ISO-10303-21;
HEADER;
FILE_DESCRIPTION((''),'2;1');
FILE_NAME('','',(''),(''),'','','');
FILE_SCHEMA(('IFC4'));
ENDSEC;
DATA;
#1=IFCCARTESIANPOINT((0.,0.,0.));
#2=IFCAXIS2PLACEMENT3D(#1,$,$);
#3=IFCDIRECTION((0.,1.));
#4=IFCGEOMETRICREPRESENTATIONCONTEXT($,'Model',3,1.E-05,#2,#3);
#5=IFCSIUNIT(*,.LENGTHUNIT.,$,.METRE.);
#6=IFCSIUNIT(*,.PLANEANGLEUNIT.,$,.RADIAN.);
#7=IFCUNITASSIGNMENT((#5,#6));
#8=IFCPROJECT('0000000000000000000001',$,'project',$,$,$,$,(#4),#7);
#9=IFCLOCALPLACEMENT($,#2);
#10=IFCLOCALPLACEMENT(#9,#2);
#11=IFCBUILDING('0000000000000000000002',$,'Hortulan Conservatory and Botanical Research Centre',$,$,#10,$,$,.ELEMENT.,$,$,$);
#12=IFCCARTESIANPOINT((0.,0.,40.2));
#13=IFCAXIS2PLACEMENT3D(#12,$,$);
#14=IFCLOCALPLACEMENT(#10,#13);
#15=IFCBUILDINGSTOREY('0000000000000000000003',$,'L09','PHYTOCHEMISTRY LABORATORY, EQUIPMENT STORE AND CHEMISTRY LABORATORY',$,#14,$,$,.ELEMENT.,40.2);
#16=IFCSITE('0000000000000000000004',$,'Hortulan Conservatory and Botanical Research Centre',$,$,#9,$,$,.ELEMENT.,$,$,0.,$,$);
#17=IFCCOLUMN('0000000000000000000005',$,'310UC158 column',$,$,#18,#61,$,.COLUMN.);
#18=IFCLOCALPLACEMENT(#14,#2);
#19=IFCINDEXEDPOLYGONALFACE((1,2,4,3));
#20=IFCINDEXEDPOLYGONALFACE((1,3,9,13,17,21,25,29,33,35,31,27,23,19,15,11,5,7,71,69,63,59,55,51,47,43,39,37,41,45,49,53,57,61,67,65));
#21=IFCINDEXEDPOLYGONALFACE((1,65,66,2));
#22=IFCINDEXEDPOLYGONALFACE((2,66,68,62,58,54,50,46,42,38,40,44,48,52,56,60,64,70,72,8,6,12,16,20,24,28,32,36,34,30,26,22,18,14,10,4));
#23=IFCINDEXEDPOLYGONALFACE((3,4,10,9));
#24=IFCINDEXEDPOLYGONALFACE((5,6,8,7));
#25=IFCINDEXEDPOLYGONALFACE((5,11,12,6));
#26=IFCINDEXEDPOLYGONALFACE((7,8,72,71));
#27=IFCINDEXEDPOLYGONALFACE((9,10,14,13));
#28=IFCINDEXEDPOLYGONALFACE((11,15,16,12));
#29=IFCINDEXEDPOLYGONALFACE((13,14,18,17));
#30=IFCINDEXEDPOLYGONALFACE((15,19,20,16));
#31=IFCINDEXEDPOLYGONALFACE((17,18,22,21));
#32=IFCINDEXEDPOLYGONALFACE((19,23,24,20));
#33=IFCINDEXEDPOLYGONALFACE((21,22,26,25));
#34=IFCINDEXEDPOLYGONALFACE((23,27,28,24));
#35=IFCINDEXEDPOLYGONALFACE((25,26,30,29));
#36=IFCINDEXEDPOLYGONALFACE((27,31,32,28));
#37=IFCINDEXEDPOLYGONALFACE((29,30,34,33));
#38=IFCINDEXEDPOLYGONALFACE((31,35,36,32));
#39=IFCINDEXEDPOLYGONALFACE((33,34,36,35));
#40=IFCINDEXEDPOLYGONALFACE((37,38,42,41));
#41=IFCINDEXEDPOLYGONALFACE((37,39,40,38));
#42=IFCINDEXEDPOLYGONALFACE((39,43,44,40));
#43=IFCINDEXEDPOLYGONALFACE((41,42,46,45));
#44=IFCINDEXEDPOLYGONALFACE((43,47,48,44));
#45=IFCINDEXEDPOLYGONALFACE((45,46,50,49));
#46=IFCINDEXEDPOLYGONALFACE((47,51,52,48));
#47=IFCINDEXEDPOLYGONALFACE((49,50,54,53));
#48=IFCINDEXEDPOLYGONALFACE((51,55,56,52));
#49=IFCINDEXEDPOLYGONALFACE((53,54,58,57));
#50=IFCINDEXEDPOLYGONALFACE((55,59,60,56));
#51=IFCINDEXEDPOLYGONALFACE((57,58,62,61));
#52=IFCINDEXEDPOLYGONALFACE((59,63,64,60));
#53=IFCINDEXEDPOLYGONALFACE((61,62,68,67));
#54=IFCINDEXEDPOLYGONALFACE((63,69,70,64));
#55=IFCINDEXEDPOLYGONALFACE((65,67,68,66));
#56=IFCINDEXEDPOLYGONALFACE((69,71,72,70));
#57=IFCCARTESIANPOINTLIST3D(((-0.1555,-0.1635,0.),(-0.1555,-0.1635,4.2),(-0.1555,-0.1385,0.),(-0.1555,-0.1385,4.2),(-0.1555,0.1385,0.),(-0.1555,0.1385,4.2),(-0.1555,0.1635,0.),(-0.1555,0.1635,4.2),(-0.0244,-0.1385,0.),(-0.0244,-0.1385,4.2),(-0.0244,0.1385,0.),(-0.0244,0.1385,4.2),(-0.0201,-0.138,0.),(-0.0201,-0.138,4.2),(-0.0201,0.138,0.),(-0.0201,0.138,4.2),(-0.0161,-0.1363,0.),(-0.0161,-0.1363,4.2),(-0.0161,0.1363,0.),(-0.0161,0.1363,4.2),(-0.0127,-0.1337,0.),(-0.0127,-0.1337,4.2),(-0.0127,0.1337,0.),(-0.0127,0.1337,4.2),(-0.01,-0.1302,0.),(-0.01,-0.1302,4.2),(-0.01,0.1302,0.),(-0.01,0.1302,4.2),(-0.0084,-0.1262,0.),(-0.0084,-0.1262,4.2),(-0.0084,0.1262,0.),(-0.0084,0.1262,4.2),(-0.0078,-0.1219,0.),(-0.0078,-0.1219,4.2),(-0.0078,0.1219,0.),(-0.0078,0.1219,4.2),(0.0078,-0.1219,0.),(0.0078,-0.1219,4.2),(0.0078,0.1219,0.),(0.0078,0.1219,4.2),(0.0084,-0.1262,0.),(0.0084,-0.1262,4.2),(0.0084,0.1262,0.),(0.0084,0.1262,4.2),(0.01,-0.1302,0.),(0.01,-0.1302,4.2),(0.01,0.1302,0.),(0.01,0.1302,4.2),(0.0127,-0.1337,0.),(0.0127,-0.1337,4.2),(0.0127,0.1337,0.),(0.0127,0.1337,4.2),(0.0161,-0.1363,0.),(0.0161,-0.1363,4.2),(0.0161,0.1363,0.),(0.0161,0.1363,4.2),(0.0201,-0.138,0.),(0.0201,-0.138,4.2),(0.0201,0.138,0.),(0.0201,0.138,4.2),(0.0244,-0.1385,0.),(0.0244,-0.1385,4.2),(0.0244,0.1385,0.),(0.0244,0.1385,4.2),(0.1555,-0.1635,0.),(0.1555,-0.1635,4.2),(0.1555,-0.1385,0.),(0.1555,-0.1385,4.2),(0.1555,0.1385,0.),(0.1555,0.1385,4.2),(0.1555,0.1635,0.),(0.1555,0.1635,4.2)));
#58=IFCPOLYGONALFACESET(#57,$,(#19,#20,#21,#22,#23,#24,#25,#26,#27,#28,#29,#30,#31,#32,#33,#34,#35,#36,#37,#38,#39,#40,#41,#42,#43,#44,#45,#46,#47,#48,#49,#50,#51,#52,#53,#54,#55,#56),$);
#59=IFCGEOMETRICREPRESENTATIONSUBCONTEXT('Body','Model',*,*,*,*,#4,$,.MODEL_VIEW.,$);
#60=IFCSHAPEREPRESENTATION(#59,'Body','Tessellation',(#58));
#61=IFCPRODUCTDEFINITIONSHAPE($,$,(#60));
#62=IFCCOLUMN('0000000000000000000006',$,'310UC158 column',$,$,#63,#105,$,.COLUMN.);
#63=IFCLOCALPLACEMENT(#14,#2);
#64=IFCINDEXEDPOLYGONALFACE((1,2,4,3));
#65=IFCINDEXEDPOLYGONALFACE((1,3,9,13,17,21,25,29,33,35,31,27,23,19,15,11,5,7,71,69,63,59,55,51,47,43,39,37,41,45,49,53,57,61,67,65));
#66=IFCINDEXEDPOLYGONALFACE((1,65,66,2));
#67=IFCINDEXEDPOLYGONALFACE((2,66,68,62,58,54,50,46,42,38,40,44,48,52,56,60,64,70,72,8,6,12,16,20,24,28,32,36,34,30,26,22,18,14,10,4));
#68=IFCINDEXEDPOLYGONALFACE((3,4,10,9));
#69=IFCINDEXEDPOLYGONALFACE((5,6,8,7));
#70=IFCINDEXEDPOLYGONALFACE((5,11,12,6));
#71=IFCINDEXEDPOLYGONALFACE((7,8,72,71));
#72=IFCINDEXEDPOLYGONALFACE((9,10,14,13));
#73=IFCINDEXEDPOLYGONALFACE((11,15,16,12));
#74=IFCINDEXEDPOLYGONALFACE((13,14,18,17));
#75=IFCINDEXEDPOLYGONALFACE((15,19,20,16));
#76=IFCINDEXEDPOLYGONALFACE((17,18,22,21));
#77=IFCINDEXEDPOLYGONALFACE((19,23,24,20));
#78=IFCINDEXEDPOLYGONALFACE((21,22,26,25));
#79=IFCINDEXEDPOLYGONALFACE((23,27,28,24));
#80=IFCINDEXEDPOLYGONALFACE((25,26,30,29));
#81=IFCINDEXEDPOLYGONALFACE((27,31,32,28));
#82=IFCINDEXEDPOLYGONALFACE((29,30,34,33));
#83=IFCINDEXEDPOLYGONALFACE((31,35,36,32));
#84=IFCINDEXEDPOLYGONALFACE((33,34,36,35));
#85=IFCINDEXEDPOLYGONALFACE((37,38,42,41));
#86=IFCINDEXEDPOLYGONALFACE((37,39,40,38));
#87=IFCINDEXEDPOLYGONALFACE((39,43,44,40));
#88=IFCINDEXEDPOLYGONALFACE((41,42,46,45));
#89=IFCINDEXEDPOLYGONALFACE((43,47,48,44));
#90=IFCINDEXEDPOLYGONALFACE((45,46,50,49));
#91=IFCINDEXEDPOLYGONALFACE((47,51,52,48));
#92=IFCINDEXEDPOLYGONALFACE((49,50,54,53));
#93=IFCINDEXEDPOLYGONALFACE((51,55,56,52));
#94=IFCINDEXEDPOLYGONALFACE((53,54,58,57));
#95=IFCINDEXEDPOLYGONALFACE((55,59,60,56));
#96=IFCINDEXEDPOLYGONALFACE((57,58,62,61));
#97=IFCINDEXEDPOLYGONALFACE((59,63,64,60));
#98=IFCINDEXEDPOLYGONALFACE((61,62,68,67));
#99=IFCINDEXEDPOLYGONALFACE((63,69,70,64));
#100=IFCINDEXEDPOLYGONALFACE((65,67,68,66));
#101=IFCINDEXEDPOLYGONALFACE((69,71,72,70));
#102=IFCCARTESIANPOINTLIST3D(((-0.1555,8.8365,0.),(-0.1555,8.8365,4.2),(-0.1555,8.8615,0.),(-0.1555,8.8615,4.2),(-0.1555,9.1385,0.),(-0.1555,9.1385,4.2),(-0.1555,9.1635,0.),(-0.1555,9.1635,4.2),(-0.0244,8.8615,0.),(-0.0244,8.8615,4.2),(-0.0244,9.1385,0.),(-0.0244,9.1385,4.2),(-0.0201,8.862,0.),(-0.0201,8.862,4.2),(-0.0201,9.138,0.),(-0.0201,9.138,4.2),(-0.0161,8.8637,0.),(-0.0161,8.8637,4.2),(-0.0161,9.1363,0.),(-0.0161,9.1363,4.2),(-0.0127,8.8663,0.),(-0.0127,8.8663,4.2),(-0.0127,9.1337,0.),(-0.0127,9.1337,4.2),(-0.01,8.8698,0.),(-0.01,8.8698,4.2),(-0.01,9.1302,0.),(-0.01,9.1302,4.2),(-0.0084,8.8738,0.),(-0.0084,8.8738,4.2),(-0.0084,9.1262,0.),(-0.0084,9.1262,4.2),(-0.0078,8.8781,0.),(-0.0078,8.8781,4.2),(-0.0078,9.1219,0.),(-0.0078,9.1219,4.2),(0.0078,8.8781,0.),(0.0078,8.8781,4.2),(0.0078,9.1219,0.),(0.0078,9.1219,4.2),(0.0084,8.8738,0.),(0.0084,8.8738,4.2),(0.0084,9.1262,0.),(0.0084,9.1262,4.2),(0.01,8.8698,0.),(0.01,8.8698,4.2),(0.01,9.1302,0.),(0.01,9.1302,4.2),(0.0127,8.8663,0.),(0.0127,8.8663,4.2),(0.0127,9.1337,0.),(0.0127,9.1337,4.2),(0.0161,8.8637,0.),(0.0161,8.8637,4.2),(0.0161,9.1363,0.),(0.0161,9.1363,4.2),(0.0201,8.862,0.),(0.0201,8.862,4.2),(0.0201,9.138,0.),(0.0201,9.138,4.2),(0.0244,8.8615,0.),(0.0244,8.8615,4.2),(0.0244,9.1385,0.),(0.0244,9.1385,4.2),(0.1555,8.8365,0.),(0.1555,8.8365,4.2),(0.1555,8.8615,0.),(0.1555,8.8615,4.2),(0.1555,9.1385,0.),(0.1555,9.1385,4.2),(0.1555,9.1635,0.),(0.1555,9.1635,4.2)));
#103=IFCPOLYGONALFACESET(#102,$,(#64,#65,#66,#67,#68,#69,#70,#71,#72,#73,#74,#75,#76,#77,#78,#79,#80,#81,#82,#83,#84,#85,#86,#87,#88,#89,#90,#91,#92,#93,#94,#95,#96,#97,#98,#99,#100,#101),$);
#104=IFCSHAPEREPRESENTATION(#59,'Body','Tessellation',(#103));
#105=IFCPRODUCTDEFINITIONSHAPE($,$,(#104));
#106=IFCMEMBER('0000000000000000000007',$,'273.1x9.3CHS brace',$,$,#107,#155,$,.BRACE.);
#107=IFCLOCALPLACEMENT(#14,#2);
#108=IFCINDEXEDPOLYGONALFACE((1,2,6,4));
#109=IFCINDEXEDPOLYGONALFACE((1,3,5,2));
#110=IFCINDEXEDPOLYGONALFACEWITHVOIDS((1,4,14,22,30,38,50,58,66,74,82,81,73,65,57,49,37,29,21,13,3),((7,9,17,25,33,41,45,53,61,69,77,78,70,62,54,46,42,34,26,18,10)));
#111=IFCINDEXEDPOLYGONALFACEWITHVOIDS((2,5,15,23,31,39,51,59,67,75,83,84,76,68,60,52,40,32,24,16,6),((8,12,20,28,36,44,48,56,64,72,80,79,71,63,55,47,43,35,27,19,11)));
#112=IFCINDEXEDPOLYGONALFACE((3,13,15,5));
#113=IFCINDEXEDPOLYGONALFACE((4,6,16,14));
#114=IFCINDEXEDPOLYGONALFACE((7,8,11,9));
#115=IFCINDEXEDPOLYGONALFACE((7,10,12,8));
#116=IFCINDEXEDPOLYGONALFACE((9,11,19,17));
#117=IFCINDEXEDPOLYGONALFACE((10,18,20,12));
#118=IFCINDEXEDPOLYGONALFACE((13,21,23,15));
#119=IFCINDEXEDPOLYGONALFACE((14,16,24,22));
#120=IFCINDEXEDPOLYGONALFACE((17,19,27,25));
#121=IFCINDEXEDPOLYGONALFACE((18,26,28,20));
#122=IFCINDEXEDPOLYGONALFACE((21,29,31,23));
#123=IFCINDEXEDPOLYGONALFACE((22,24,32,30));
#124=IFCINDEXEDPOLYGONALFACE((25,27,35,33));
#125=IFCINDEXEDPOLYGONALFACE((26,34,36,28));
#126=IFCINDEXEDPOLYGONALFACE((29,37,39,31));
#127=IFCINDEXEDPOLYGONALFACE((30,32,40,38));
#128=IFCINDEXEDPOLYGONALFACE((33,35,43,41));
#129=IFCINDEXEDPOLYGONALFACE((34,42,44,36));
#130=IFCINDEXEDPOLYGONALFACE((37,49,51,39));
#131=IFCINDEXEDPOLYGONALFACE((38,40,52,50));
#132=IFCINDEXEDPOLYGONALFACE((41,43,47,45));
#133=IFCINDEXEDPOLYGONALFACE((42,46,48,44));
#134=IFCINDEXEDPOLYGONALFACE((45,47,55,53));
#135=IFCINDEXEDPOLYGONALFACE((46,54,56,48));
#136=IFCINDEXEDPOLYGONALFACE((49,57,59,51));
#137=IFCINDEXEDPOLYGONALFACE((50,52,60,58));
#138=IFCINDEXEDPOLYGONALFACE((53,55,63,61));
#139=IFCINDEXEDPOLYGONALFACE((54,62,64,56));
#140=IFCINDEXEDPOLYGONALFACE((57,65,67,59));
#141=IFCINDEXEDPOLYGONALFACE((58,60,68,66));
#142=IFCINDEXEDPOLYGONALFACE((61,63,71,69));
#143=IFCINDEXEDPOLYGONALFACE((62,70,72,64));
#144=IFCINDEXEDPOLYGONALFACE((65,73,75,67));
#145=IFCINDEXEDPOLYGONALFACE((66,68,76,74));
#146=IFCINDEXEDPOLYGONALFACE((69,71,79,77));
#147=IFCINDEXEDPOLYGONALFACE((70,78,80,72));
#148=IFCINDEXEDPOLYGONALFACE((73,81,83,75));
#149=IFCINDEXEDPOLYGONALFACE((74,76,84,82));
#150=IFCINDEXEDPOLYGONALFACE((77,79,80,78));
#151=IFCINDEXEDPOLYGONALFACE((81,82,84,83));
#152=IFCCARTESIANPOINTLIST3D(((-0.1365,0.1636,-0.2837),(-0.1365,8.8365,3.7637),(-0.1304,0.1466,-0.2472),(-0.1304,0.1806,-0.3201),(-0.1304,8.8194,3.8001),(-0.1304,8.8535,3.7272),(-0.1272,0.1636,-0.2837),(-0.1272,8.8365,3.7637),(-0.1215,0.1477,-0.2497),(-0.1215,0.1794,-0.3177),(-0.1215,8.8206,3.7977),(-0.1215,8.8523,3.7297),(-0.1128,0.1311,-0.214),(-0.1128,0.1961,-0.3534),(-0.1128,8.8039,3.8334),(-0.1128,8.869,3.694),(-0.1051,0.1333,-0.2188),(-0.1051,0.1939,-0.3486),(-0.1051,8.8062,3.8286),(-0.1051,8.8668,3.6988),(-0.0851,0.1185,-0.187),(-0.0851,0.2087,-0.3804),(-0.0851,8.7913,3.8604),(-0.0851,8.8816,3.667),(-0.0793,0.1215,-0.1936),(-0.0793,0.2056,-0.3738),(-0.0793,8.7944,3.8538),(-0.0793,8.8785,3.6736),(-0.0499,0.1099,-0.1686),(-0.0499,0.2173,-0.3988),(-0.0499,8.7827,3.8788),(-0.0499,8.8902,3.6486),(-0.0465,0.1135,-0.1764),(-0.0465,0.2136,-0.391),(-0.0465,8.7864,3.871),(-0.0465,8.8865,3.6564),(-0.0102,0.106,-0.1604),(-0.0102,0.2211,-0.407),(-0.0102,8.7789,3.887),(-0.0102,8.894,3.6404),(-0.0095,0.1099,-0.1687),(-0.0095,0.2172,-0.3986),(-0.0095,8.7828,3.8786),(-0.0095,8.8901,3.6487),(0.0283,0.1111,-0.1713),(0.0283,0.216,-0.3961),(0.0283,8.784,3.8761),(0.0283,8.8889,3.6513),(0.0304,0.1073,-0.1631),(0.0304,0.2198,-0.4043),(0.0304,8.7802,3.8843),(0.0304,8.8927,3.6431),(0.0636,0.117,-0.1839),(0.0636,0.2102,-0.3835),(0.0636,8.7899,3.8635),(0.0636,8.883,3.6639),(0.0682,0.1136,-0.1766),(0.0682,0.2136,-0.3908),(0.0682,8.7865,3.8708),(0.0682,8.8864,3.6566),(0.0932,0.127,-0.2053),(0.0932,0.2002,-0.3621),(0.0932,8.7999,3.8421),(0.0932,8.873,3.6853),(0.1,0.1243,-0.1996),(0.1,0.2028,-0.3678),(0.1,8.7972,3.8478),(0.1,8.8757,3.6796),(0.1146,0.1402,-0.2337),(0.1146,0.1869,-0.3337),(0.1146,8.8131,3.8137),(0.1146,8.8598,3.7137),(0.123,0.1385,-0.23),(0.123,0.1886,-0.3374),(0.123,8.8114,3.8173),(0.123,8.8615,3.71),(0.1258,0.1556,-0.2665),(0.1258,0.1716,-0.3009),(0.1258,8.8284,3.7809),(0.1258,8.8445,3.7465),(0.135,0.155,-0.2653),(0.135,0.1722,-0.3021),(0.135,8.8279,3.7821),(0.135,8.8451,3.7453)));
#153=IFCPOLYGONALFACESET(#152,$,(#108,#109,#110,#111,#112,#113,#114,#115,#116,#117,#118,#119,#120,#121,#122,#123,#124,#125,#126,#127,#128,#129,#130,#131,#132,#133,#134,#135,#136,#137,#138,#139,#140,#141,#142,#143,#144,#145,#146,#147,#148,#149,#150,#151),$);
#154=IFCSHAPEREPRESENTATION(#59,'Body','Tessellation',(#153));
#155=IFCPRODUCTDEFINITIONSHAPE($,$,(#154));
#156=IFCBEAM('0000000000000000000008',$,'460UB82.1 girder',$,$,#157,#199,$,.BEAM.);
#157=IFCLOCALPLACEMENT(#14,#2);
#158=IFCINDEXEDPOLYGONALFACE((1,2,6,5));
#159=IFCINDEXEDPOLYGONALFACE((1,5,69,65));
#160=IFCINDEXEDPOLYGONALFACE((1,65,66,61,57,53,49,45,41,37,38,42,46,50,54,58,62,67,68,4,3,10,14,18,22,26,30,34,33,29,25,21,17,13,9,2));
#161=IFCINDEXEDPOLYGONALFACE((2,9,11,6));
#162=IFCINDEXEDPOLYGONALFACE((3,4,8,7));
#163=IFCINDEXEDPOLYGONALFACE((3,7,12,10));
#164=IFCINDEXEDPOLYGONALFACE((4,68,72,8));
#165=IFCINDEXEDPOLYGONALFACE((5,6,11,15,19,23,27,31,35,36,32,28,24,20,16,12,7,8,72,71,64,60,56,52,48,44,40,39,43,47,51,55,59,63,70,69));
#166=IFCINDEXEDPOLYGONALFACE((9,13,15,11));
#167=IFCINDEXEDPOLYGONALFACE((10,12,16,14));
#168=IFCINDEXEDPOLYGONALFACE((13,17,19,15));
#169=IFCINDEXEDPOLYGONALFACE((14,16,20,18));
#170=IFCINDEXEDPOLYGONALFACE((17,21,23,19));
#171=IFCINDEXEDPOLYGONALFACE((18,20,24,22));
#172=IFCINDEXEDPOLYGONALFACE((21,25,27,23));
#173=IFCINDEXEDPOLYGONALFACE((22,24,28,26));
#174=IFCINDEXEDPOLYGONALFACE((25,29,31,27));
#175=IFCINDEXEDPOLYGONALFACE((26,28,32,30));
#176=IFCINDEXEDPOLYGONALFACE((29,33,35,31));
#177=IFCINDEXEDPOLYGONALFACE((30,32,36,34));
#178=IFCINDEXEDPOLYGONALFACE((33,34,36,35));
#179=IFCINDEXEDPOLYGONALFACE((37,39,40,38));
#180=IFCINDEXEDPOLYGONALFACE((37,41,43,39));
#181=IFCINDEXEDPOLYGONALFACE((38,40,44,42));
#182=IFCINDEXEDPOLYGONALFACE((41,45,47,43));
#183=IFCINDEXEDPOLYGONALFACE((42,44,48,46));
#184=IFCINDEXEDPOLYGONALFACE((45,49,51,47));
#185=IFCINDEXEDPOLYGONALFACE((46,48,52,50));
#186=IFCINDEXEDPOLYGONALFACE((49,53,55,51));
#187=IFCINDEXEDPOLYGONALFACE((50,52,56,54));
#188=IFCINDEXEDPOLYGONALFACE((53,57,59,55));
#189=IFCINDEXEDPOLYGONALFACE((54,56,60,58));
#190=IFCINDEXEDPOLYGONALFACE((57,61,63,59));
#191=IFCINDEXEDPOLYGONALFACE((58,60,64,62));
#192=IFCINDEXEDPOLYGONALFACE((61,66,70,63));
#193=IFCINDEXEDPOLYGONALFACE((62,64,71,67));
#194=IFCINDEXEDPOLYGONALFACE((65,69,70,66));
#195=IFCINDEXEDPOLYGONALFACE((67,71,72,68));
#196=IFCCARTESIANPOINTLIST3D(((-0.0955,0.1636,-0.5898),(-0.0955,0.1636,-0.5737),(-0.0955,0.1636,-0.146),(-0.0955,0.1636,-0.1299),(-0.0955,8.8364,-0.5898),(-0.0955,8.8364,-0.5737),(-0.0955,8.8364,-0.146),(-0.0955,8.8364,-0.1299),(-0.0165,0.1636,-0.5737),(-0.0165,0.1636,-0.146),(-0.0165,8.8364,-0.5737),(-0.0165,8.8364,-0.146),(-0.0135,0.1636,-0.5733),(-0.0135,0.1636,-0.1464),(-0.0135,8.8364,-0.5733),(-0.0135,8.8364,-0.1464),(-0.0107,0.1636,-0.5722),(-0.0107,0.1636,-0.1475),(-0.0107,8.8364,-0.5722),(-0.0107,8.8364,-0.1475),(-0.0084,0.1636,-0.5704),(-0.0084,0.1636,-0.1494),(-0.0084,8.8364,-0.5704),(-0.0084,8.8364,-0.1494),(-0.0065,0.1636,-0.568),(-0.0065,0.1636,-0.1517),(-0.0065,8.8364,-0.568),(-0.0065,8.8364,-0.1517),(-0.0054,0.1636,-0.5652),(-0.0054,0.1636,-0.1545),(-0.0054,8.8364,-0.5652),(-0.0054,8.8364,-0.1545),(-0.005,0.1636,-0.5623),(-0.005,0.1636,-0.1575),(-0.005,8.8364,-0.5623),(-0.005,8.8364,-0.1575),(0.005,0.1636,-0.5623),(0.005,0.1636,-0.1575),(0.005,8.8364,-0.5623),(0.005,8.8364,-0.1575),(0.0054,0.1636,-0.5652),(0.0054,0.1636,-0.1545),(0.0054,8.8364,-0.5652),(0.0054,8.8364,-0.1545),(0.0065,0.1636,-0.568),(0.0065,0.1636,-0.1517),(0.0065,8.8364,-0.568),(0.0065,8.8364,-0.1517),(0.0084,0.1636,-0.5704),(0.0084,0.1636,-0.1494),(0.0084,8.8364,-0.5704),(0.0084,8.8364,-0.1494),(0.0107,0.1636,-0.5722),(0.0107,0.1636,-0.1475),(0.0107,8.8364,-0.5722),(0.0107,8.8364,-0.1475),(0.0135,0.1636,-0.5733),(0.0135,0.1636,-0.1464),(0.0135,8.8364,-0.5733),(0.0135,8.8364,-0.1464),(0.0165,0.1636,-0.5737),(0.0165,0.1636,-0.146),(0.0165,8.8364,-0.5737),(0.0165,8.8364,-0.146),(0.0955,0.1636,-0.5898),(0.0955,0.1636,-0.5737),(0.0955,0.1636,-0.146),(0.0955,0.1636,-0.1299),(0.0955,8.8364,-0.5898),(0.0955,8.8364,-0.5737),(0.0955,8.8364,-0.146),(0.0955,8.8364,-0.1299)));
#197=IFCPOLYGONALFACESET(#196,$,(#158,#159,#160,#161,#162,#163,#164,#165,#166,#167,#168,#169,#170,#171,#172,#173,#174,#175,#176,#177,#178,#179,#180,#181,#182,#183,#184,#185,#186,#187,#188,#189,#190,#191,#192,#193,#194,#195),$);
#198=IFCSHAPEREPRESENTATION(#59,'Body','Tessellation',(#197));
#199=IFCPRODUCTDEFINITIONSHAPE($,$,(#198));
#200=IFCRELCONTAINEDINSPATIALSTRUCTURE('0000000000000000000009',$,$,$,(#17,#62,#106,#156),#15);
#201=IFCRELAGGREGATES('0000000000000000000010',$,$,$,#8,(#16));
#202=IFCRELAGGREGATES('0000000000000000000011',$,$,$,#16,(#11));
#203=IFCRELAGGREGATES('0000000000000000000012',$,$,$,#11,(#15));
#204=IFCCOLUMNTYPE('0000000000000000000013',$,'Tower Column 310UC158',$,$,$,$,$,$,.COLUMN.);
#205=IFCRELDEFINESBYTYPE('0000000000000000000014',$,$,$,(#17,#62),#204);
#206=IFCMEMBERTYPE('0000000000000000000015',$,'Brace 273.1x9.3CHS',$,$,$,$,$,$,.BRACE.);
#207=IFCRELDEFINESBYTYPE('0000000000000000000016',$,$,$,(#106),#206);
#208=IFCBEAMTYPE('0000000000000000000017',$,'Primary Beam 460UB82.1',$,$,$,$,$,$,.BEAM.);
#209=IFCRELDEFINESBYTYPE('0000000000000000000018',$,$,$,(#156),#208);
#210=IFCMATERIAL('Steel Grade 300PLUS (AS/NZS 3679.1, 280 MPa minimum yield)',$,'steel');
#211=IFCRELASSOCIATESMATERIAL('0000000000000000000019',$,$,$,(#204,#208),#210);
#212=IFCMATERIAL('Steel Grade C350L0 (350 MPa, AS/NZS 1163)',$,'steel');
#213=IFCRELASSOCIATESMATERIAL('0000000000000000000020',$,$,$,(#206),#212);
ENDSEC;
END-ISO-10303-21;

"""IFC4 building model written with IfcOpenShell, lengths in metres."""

from ifc_helpers import new_model, si_unit, direction, frame, origin, origin_2d, place, context, subcontext, project, spatial, hollow_circle, i_section, extrude, material, material_profile, profile_set, type_object, element, save


model = new_model("IFC4")

# Units and contexts
model_context = context("Model", 3, precision=1e-05, world=origin(), true_north=direction((0.0, 1.0)))
body_context = subcontext(model_context, "Body", "Model", "MODEL_VIEW")
ifc_project = project(units=[si_unit("LENGTHUNIT", "METRE"), si_unit("PLANEANGLEUNIT", "RADIAN")], contexts=[model_context])

# Site, building, storey
site_placement = place(None, origin())
site = spatial("IfcSite", under=ifc_project, at=site_placement, Name="Hortulan Conservatory and Botanical Research Centre", CompositionType="ELEMENT", RefElevation=0.0)
building_placement = place(site_placement, origin())
building = spatial("IfcBuilding", under=site, at=building_placement, Name="Hortulan Conservatory and Botanical Research Centre", CompositionType="ELEMENT")
storey_placement = place(building_placement, frame((0.0, 0.0, 40.2)))
storey = spatial("IfcBuildingStorey", under=building, at=storey_placement, Name="L09", Description="PHYTOCHEMISTRY LABORATORY, EQUIPMENT STORE AND CHEMISTRY LABORATORY", CompositionType="ELEMENT", Elevation=40.2)

# Columns
ifc_material_1 = material(Name="Steel Grade 300PLUS (AS/NZS 3679.1, 280 MPa minimum yield)", Category="steel")
ifc_material_profile_1 = material_profile(ifc_material_1, i_section(OverallWidth=0.311, OverallDepth=0.3269, WebThickness=0.0156, FlangeThickness=0.0249, FilletRadius=0.0166, at=origin_2d()), Name="310UC158")
ifc_profile_set_1 = profile_set([ifc_material_profile_1], Name="Steel Grade 300PLUS (AS/NZS 3679.1, 280 MPa minimum yield)")
column_type = type_object("IfcColumnType", Name="Tower Column 310UC158", PredefinedType="COLUMN", material=ifc_profile_set_1)
for number, where, z_axis, x_axis, name in (
    (1, (0.0, 0.0, 0.0), (0.0, 0.0, 1.0), (1.0, 0.0, 0.0), "310UC158 column"),
    (2, (0.0, 9.0, 0.0), (0.0, 0.0, 1.0), (1.0, 0.0, 0.0), "310UC158 column"),
):
    element("IfcColumn", number, at=place(storey_placement, frame(where, z_axis=z_axis, x_axis=x_axis)), inside=storey, type_object=column_type, Name=name, PredefinedType="COLUMN", context=body_context, shape_type="SweptSolid", body=[
        extrude(i_section(OverallWidth=0.311, OverallDepth=0.3269, WebThickness=0.0156, FlangeThickness=0.0249, FilletRadius=0.0166, at=origin_2d()), origin(), (0.0, 0.0, 1.0), 4.2),
    ])

# Member
ifc_material_2 = material(Name="Steel Grade C350L0 (350 MPa, AS/NZS 1163)", Category="steel")
ifc_material_profile_2 = material_profile(ifc_material_2, hollow_circle(Radius=0.1365, WallThickness=0.0093, at=origin_2d()), Name="273.1x9.3CHS")
ifc_profile_set_2 = profile_set([ifc_material_profile_2], Name="Steel Grade C350L0 (350 MPa, AS/NZS 1163)")
member_type = type_object("IfcMemberType", Name="Brace 273.1x9.3CHS", PredefinedType="BRACE", material=ifc_profile_set_2)
member_placement = place(storey_placement, frame((0.0, 0.1636, -0.2837), z_axis=(0.0, 0.906182, 0.422888), x_axis=(-1.0, 0.0, 0.0)))
element("IfcMember", 3, at=member_placement, inside=storey, type_object=member_type, Name="273.1x9.3CHS brace", PredefinedType="BRACE", context=body_context, shape_type="SweptSolid", body=[
    extrude(hollow_circle(Radius=0.1365, WallThickness=0.0093, at=origin_2d()), origin(), (0.0, 0.0, 1.0), 9.5708),
])

# Beam
ifc_material_profile_3 = material_profile(ifc_material_1, i_section(OverallWidth=0.1909, OverallDepth=0.46, WebThickness=0.01, FlangeThickness=0.0161, FilletRadius=0.0115, at=origin_2d()), Name="460UB82.1")
ifc_profile_set_3 = profile_set([ifc_material_profile_3], Name="Steel Grade 300PLUS (AS/NZS 3679.1, 280 MPa minimum yield)")
beam_type_1 = type_object("IfcBeamType", Name="Primary Beam 460UB82.1", PredefinedType="BEAM", material=ifc_profile_set_3)
beam_1_placement = place(storey_placement, frame((0.0, 0.1636, -0.3599), z_axis=(0.0, 1.0, 0.0), x_axis=(-1.0, 0.0, 0.0)))
element("IfcBeam", 4, at=beam_1_placement, inside=storey, type_object=beam_type_1, Name="460UB82.1 girder", PredefinedType="BEAM", context=body_context, shape_type="SweptSolid", body=[
    extrude(i_section(OverallWidth=0.1909, OverallDepth=0.46, WebThickness=0.01, FlangeThickness=0.0161, FilletRadius=0.0115, at=origin_2d()), origin(), (0.0, 0.0, 1.0), 8.6729),
])

save(model, "model.ifc")
